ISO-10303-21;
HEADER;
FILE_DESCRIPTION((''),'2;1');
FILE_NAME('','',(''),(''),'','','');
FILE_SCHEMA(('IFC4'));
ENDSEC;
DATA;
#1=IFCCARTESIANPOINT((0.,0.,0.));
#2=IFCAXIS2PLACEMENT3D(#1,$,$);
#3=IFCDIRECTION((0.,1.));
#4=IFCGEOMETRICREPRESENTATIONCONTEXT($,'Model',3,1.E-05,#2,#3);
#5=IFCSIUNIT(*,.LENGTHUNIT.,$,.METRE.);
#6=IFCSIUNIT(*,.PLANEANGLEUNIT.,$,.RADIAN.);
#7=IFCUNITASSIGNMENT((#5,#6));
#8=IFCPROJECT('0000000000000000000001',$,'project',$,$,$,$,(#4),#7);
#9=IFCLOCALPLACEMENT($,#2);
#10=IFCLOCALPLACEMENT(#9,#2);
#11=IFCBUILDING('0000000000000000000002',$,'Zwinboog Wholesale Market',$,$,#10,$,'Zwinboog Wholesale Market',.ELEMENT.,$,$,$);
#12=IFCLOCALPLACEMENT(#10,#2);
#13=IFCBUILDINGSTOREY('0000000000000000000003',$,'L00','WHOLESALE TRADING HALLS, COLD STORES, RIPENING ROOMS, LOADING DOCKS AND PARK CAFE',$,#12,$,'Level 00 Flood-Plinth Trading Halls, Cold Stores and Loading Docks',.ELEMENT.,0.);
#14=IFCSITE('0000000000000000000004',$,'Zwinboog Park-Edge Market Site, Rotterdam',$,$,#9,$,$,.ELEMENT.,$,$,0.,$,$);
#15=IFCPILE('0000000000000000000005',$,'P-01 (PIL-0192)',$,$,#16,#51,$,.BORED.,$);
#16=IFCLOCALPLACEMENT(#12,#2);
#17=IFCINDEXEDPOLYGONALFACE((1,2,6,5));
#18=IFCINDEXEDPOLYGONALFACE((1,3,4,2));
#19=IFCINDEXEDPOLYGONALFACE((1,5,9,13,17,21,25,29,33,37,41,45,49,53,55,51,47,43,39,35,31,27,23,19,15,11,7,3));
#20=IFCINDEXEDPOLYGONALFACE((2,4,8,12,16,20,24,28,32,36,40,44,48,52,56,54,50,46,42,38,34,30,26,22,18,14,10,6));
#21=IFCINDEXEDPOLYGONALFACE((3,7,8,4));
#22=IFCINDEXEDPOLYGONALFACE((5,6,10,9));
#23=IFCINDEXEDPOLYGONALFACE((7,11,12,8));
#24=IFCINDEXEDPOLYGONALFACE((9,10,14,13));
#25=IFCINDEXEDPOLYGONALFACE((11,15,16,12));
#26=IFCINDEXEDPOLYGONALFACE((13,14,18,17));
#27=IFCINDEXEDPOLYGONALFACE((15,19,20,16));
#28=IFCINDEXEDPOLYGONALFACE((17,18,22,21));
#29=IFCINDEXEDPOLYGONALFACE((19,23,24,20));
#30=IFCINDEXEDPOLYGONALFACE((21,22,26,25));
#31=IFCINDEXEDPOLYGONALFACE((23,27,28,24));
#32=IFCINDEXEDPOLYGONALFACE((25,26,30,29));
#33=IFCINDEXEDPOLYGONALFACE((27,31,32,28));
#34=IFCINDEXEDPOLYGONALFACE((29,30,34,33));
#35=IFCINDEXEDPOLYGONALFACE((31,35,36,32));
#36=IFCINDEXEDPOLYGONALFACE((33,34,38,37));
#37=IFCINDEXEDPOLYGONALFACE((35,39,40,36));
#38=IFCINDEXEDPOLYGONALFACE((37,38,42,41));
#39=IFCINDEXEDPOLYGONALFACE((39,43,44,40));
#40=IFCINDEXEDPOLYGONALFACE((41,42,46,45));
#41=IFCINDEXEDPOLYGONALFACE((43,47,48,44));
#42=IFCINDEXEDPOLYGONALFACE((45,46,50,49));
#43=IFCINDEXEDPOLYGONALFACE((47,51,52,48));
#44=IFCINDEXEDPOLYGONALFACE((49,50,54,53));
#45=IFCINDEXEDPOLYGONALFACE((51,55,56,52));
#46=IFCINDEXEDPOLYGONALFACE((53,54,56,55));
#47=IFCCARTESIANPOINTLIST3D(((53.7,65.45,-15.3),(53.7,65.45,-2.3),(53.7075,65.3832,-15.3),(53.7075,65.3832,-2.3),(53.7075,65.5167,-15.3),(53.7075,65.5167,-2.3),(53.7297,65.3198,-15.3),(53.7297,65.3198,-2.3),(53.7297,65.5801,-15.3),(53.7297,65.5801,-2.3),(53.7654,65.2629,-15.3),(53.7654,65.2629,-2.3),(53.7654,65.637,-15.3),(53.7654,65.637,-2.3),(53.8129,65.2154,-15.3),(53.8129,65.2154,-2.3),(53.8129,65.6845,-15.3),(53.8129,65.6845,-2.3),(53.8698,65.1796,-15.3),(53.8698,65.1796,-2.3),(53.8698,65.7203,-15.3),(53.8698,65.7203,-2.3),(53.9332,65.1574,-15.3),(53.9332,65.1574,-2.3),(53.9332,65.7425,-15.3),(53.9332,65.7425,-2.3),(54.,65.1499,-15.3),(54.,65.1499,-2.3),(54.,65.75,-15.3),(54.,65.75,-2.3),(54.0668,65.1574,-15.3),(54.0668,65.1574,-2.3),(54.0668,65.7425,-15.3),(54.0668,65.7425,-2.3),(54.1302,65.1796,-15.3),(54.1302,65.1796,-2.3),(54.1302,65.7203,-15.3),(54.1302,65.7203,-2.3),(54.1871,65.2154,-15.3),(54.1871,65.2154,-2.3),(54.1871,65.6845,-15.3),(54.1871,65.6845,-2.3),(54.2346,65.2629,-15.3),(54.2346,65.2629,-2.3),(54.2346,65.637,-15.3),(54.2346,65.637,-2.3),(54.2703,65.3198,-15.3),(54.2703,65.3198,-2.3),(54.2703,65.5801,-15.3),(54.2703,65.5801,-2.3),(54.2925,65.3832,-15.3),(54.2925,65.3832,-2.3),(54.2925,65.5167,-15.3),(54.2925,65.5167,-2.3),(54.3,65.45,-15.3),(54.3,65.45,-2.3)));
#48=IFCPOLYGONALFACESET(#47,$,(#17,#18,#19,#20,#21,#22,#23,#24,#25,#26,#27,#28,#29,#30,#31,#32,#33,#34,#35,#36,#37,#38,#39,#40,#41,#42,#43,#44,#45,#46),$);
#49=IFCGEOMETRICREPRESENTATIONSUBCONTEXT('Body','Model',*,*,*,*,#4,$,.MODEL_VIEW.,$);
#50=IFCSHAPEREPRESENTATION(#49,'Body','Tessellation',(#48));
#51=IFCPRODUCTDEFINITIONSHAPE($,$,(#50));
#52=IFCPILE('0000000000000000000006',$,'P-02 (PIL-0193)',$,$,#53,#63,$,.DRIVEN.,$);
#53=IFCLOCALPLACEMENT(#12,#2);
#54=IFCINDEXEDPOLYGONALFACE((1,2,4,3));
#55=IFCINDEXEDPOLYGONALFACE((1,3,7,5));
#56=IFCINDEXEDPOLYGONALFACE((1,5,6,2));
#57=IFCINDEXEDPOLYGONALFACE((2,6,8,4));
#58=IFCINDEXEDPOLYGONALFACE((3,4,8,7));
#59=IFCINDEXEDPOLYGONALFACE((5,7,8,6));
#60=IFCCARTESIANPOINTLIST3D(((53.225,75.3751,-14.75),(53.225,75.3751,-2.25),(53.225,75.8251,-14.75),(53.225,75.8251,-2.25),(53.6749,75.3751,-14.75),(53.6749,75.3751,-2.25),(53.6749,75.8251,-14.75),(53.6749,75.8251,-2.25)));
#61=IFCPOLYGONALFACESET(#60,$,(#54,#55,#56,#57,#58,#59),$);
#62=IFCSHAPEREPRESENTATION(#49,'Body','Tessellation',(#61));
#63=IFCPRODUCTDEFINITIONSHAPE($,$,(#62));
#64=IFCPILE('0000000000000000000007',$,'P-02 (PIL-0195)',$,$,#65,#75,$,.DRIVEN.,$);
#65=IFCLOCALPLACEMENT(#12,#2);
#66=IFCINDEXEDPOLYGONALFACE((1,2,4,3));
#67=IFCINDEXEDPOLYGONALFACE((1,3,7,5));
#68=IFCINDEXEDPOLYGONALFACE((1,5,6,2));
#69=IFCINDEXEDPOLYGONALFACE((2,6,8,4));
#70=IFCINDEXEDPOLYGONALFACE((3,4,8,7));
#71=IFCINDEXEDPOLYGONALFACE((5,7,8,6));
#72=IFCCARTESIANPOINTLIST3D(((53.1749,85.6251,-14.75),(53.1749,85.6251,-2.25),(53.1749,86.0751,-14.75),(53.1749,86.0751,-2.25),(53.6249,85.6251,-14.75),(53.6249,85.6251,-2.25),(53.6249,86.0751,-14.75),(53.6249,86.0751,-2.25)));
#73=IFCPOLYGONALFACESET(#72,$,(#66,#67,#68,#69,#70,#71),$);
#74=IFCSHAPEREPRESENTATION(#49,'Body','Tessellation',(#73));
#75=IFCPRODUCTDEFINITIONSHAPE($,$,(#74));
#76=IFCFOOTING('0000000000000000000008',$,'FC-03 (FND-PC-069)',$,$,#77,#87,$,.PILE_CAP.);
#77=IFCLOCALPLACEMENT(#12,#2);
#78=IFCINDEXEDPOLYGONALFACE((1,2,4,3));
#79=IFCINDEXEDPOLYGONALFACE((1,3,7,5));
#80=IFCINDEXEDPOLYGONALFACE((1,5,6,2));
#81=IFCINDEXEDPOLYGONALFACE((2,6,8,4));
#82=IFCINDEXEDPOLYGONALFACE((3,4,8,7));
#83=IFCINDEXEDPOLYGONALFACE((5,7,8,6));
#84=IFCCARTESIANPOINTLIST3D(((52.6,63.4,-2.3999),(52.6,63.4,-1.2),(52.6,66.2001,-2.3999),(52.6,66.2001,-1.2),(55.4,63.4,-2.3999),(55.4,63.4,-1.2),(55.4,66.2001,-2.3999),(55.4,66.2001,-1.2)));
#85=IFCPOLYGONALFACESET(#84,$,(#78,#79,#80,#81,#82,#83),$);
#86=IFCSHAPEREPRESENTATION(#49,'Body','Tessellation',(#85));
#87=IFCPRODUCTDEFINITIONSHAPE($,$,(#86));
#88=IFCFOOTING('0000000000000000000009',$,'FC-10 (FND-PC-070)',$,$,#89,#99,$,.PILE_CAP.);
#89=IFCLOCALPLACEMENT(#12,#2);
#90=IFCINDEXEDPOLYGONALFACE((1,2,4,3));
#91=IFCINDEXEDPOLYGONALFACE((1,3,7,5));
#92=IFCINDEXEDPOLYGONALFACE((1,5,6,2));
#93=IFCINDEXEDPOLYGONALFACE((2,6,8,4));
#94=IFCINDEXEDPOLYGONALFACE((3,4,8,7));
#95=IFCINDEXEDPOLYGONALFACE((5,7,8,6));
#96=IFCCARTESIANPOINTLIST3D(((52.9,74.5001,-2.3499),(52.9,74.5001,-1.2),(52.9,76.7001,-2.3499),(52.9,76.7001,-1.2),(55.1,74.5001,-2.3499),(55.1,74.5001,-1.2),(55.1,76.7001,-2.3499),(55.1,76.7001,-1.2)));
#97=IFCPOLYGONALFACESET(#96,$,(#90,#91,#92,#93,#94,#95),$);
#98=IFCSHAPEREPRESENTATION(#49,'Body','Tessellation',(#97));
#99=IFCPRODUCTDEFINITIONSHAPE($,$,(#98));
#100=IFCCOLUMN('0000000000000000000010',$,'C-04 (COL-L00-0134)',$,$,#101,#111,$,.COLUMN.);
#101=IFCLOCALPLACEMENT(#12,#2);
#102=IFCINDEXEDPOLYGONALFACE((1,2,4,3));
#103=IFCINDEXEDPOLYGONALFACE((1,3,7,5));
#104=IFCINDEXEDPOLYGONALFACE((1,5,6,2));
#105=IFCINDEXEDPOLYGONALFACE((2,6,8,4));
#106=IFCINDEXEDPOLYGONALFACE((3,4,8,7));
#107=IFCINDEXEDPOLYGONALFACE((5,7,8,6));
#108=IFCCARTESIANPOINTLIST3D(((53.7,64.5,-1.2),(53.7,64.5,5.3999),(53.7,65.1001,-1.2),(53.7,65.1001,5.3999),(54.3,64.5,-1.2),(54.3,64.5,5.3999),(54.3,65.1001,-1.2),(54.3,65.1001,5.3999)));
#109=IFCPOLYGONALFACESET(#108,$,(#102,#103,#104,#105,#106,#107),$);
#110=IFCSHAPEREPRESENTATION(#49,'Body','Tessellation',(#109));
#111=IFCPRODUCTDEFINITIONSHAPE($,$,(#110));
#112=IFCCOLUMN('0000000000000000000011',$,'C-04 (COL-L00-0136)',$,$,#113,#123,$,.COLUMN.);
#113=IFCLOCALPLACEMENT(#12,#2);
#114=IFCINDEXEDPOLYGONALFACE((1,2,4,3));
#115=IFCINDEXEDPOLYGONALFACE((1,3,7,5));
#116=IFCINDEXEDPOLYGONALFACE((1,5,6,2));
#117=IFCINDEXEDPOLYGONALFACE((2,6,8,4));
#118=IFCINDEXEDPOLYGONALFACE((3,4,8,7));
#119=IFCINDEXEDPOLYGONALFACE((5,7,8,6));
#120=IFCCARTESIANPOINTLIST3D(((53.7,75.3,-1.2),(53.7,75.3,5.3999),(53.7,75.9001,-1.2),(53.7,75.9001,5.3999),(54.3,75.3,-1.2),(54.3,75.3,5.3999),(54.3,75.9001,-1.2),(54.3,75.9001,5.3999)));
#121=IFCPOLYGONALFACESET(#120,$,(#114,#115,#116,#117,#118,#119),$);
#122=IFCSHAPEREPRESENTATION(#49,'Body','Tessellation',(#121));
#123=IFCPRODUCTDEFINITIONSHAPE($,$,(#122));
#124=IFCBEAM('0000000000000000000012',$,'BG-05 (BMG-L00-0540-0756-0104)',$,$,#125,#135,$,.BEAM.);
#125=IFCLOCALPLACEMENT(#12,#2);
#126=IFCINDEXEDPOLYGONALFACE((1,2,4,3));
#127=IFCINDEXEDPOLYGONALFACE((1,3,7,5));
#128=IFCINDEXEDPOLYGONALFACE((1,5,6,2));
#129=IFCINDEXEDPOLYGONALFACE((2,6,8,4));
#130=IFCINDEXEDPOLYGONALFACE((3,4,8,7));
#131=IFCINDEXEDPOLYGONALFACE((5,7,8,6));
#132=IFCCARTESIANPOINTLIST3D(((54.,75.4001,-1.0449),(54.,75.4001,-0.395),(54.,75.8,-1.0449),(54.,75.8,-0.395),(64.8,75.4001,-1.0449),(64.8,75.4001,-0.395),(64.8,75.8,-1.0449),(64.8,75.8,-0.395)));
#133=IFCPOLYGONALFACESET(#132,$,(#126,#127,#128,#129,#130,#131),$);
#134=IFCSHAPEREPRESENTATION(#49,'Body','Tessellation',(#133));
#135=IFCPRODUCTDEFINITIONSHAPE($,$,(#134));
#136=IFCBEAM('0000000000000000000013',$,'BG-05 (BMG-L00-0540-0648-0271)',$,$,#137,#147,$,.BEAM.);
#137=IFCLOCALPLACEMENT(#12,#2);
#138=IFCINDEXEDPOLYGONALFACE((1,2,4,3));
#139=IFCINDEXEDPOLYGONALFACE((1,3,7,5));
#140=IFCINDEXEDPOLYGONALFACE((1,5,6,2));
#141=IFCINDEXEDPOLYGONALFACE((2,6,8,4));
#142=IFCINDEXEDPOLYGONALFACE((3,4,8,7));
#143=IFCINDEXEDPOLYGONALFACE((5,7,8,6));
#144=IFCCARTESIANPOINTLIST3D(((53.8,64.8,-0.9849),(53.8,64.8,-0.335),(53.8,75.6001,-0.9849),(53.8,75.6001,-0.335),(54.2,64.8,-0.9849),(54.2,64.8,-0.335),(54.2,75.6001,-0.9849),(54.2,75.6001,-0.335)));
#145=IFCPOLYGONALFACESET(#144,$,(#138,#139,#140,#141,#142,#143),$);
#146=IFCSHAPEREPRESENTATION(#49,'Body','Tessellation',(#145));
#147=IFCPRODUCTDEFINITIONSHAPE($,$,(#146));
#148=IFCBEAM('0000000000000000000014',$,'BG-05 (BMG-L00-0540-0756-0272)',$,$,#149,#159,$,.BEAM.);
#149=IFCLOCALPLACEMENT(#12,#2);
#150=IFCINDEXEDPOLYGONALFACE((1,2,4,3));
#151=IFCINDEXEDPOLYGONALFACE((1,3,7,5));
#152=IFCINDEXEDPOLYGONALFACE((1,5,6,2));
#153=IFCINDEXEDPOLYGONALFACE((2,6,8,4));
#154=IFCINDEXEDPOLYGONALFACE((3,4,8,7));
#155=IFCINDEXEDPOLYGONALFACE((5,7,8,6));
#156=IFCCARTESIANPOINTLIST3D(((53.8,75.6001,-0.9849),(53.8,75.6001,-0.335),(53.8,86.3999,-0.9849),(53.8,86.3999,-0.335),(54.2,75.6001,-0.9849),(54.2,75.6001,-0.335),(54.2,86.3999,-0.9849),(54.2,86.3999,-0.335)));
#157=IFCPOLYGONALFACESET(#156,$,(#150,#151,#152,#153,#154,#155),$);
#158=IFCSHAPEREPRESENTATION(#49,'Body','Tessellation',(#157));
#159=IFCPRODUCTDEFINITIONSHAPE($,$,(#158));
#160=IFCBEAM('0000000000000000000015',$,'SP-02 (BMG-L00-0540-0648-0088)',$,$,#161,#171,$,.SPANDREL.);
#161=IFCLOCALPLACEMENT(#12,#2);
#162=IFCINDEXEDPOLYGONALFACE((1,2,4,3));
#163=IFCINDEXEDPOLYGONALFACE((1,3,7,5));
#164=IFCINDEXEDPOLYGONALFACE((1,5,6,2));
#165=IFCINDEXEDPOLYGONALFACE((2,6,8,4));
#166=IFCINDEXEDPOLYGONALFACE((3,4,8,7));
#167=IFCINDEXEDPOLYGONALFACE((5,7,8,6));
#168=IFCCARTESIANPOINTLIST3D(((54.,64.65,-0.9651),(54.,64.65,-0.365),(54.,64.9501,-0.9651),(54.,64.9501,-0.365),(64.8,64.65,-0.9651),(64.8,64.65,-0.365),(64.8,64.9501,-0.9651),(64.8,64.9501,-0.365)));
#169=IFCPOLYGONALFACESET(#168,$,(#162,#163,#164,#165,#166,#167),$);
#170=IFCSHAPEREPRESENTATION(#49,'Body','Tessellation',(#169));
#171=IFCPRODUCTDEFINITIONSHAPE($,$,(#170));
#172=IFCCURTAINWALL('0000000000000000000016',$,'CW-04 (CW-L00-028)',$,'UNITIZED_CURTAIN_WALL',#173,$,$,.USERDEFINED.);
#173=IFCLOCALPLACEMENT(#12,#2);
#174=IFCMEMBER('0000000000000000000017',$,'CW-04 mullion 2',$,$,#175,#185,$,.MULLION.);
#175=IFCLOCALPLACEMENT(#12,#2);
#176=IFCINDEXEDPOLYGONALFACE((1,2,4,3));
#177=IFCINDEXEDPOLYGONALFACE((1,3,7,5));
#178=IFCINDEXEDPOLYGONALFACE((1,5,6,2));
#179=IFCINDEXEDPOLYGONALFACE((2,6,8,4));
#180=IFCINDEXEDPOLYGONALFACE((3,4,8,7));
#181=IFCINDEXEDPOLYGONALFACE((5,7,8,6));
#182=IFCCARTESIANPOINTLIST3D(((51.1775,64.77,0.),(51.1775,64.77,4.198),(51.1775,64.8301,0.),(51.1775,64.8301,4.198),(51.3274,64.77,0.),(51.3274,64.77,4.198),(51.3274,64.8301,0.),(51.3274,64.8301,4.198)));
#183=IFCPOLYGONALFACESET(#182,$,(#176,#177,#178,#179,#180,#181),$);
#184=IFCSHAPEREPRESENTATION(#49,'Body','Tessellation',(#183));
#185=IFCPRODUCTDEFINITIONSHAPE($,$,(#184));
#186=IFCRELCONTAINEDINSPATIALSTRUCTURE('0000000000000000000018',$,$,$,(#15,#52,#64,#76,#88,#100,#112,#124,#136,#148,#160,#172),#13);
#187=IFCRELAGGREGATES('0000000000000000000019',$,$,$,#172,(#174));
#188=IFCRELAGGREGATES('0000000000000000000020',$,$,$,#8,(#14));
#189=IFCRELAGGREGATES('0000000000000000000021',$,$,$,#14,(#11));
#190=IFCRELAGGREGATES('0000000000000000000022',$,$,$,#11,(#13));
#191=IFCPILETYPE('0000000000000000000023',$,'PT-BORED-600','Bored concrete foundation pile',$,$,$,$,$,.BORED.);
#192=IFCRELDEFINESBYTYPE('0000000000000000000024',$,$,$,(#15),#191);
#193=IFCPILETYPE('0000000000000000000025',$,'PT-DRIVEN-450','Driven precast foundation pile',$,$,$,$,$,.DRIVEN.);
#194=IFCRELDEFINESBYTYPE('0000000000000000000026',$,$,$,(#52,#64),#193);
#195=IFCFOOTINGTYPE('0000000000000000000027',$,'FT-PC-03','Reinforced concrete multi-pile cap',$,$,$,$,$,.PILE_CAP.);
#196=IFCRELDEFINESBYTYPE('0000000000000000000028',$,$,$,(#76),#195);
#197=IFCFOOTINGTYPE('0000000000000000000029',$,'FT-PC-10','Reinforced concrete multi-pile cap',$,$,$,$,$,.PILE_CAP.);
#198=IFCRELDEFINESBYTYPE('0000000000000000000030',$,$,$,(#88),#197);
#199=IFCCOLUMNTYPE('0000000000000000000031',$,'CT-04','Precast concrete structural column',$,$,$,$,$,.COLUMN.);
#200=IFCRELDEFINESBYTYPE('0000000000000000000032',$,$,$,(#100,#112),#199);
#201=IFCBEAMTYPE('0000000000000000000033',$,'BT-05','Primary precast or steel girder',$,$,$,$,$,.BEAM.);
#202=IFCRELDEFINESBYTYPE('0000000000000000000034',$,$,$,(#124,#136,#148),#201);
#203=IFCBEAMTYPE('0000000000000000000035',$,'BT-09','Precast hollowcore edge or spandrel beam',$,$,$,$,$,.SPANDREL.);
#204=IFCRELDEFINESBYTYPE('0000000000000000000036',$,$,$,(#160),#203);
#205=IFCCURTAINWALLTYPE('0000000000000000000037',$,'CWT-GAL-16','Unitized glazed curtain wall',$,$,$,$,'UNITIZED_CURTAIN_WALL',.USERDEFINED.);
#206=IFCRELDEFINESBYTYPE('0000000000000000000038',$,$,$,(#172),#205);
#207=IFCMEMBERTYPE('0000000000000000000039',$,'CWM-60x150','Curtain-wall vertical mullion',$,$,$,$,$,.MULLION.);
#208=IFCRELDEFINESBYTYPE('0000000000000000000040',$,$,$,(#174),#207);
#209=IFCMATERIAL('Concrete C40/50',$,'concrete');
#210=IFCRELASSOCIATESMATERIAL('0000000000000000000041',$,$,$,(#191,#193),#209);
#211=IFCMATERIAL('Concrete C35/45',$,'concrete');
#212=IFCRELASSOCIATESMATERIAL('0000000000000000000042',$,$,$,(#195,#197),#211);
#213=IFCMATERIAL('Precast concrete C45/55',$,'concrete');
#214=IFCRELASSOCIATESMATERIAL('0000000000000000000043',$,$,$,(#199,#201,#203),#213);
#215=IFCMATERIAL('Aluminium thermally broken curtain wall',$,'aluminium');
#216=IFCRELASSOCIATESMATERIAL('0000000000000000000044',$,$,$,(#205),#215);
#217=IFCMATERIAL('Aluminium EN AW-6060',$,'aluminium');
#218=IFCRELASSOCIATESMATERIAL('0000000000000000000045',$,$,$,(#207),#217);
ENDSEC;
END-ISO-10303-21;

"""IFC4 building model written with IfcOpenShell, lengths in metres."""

from ifc_helpers import new_model, si_unit, direction, frame, origin, origin_2d, place, context, subcontext, project, spatial, rectangle, circle, extrude, material, material_profile, profile_set, type_object, element, aggregate, save


model = new_model("IFC4")

# Units and contexts
model_context = context("Model", 3, precision=1e-05, world=origin(), true_north=direction((0.0, 1.0)))
body_context = subcontext(model_context, "Body", "Model", "MODEL_VIEW")
ifc_project = project(units=[si_unit("LENGTHUNIT", "METRE"), si_unit("PLANEANGLEUNIT", "RADIAN")], contexts=[model_context])

# Site, building, storey
site_placement = place(None, origin())
site = spatial("IfcSite", under=ifc_project, at=site_placement, Name="Zwinboog Park-Edge Market Site, Rotterdam", CompositionType="ELEMENT", RefElevation=0.0)
building_placement = place(site_placement, origin())
building = spatial("IfcBuilding", under=site, at=building_placement, Name="Zwinboog Wholesale Market", LongName="Zwinboog Wholesale Market", CompositionType="ELEMENT")
storey_placement = place(building_placement, origin())
storey = spatial("IfcBuildingStorey", under=building, at=storey_placement, Name="L00", Description="WHOLESALE TRADING HALLS, COLD STORES, RIPENING ROOMS, LOADING DOCKS AND PARK CAFE", LongName="Level 00 Flood-Plinth Trading Halls, Cold Stores and Loading Docks", CompositionType="ELEMENT", Elevation=0.0)

# Piles
ifc_material_1 = material(Name="Concrete C40/50", Category="concrete")
ifc_material_profile_1 = material_profile(ifc_material_1, circle(Radius=0.3, at=origin_2d()), Name="PILE D600")
ifc_profile_set_1 = profile_set([ifc_material_profile_1], Name="Concrete C40/50")
pile_type_1 = type_object("IfcPileType", Name="PT-BORED-600", Description="Bored concrete foundation pile", PredefinedType="BORED", material=ifc_profile_set_1)
pile_placement = place(storey_placement, frame((54.0, 65.45, -2.3), z_axis=(0.0, 0.0, -1.0), x_axis=(1.0, 0.0, 0.0)))
element("IfcPile", 1, at=pile_placement, inside=storey, type_object=pile_type_1, Name="P-01 (PIL-0192)", PredefinedType="BORED", context=body_context, shape_type="SweptSolid", body=[
    extrude(circle(Radius=0.3, at=origin_2d()), origin(), (0.0, 0.0, 1.0), 13.0),
])
ifc_material_profile_2 = material_profile(ifc_material_1, rectangle(XDim=0.45, YDim=0.45, at=origin_2d()), Name="PILE SQ450")
ifc_profile_set_2 = profile_set([ifc_material_profile_2], Name="Concrete C40/50")
pile_type_2 = type_object("IfcPileType", Name="PT-DRIVEN-450", Description="Driven precast foundation pile", PredefinedType="DRIVEN", material=ifc_profile_set_2)
for number, where, z_axis, x_axis, name in (
    (2, (53.45, 75.6001, -2.25), (0.0, 0.0, -1.0), (1.0, 0.0, 0.0), "P-02 (PIL-0193)"),
    (3, (53.3999, 85.8501, -2.25), (0.0, 0.0, -1.0), (1.0, 0.0, 0.0), "P-02 (PIL-0195)"),
):
    element("IfcPile", number, at=place(storey_placement, frame(where, z_axis=z_axis, x_axis=x_axis)), inside=storey, type_object=pile_type_2, Name=name, PredefinedType="DRIVEN", context=body_context, shape_type="SweptSolid", body=[
        extrude(rectangle(XDim=0.45, YDim=0.45, at=origin_2d()), origin(), (0.0, 0.0, 1.0), 12.5),
    ])

# Footings
ifc_material_2 = material(Name="Concrete C35/45", Category="concrete")
footing_type_1 = type_object("IfcFootingType", Name="FT-PC-03", Description="Reinforced concrete multi-pile cap", PredefinedType="PILE_CAP", material=ifc_material_2)
footing_1_placement = place(storey_placement, frame((54.0, 64.8, -2.3999), z_axis=(0.0, 0.0, 1.0), x_axis=(1.0, 0.0, 0.0)))
element("IfcFooting", 4, at=footing_1_placement, inside=storey, type_object=footing_type_1, Name="FC-03 (FND-PC-069)", PredefinedType="PILE_CAP", context=body_context, shape_type="SweptSolid", body=[
    extrude(rectangle(XDim=2.8, YDim=2.8, at=origin_2d()), origin(), (0.0, 0.0, 1.0), 1.2),
])
footing_type_2 = type_object("IfcFootingType", Name="FT-PC-10", Description="Reinforced concrete multi-pile cap", PredefinedType="PILE_CAP", material=ifc_material_2)
footing_2_placement = place(storey_placement, frame((54.0, 75.6001, -2.3499), z_axis=(0.0, 0.0, 1.0), x_axis=(1.0, 0.0, 0.0)))
element("IfcFooting", 5, at=footing_2_placement, inside=storey, type_object=footing_type_2, Name="FC-10 (FND-PC-070)", PredefinedType="PILE_CAP", context=body_context, shape_type="SweptSolid", body=[
    extrude(rectangle(XDim=2.2, YDim=2.2, at=origin_2d()), origin(), (0.0, 0.0, 1.0), 1.1499),
])

# Columns
ifc_material_3 = material(Name="Precast concrete C45/55", Category="concrete")
ifc_material_profile_3 = material_profile(ifc_material_3, rectangle(XDim=0.6001, YDim=0.6001, at=origin_2d()), Name="PC 600x600")
ifc_profile_set_3 = profile_set([ifc_material_profile_3], Name="Precast concrete C45/55")
column_type = type_object("IfcColumnType", Name="CT-04", Description="Precast concrete structural column", PredefinedType="COLUMN", material=ifc_profile_set_3)
for number, where, z_axis, x_axis, name in (
    (6, (54.0, 64.8, -1.2), (0.0, 0.0, 1.0), (1.0, 0.0, 0.0), "C-04 (COL-L00-0134)"),
    (7, (54.0, 75.6001, -1.2), (0.0, 0.0, 1.0), (1.0, 0.0, 0.0), "C-04 (COL-L00-0136)"),
):
    element("IfcColumn", number, at=place(storey_placement, frame(where, z_axis=z_axis, x_axis=x_axis)), inside=storey, type_object=column_type, Name=name, PredefinedType="COLUMN", context=body_context, shape_type="SweptSolid", body=[
        extrude(rectangle(XDim=0.6001, YDim=0.6001, at=origin_2d()), origin(), (0.0, 0.0, 1.0), 6.5999),
    ])

# Beams
ifc_material_profile_4 = material_profile(ifc_material_3, rectangle(XDim=0.3999, YDim=0.6499, at=origin_2d()), Name="PC 400x650")
ifc_profile_set_4 = profile_set([ifc_material_profile_4], Name="Precast concrete C45/55")
beam_type_1 = type_object("IfcBeamType", Name="BT-05", Description="Primary precast or steel girder", PredefinedType="BEAM", material=ifc_profile_set_4)
for number, where, z_axis, x_axis, name in (
    (8, (54.0, 75.6001, -0.72), (1.0, 0.0, 0.0), (0.0, 1.0, 0.0), "BG-05 (BMG-L00-0540-0756-0104)"),
    (9, (54.0, 64.8, -0.6599), (0.0, 1.0, 0.0), (-1.0, 0.0, 0.0), "BG-05 (BMG-L00-0540-0648-0271)"),
):
    element("IfcBeam", number, at=place(storey_placement, frame(where, z_axis=z_axis, x_axis=x_axis)), inside=storey, type_object=beam_type_1, Name=name, PredefinedType="BEAM", context=body_context, shape_type="SweptSolid", body=[
        extrude(rectangle(XDim=0.3999, YDim=0.6499, at=origin_2d()), origin(), (0.0, 0.0, 1.0), 10.8),
    ])
beam_1_placement = place(storey_placement, frame((54.0, 75.6001, -0.6599), z_axis=(0.0, 1.0, 0.0), x_axis=(-1.0, 0.0, 0.0)))
element("IfcBeam", 10, at=beam_1_placement, inside=storey, type_object=beam_type_1, Name="BG-05 (BMG-L00-0540-0756-0272)", PredefinedType="BEAM", context=body_context, shape_type="SweptSolid", body=[
    extrude(rectangle(XDim=0.3999, YDim=0.6499, at=origin_2d()), origin(), (0.0, 0.0, 1.0), 10.7998),
])
ifc_material_profile_5 = material_profile(ifc_material_3, rectangle(XDim=0.3, YDim=0.6001, at=origin_2d()), Name="PC 300x600")
ifc_profile_set_5 = profile_set([ifc_material_profile_5], Name="Precast concrete C45/55")
beam_type_2 = type_object("IfcBeamType", Name="BT-09", Description="Precast hollowcore edge or spandrel beam", PredefinedType="SPANDREL", material=ifc_profile_set_5)
beam_2_placement = place(storey_placement, frame((54.0, 64.8, -0.665), z_axis=(1.0, 0.0, 0.0), x_axis=(0.0, 1.0, 0.0)))
element("IfcBeam", 11, at=beam_2_placement, inside=storey, type_object=beam_type_2, Name="SP-02 (BMG-L00-0540-0648-0088)", PredefinedType="SPANDREL", context=body_context, shape_type="SweptSolid", body=[
    extrude(rectangle(XDim=0.3, YDim=0.6001, at=origin_2d()), origin(), (0.0, 0.0, 1.0), 10.8),
])

# Curtain wall, member
ifc_material_4 = material(Name="Aluminium thermally broken curtain wall", Category="aluminium")
curtain_wall_type = type_object("IfcCurtainWallType", Name="CWT-GAL-16", Description="Unitized glazed curtain wall", ElementType="UNITIZED_CURTAIN_WALL", PredefinedType="USERDEFINED", material=ifc_material_4)
curtain_wall_placement = place(storey_placement, origin())
curtain_wall = element("IfcCurtainWall", 12, at=curtain_wall_placement, inside=storey, type_object=curtain_wall_type, Name="CW-04 (CW-L00-028)", ObjectType="UNITIZED_CURTAIN_WALL", PredefinedType="USERDEFINED")
ifc_material_5 = material(Name="Aluminium EN AW-6060", Category="aluminium")
ifc_material_profile_6 = material_profile(ifc_material_5, rectangle(XDim=0.0601, YDim=0.1499, at=origin_2d()), Name="AL 60x150")
ifc_profile_set_6 = profile_set([ifc_material_profile_6], Name="Aluminium EN AW-6060")
member_type_1 = type_object("IfcMemberType", Name="CWM-60x150", Description="Curtain-wall vertical mullion", PredefinedType="MULLION", material=ifc_profile_set_6)
member_1_placement = place(storey_placement, frame((51.2524, 64.8, 0.0), z_axis=(0.0, 0.0, 1.0), x_axis=(0.0, 1.0, 0.0)))
member_1 = element("IfcMember", 13, at=member_1_placement, type_object=member_type_1, Name="CW-04 mullion 2", PredefinedType="MULLION", context=body_context, shape_type="SweptSolid", body=[
    extrude(rectangle(XDim=0.0601, YDim=0.1499, at=origin_2d()), origin(), (0.0, 0.0, 1.0), 4.198),
])
aggregate(curtain_wall, [member_1])

save(model, "model.ifc")
